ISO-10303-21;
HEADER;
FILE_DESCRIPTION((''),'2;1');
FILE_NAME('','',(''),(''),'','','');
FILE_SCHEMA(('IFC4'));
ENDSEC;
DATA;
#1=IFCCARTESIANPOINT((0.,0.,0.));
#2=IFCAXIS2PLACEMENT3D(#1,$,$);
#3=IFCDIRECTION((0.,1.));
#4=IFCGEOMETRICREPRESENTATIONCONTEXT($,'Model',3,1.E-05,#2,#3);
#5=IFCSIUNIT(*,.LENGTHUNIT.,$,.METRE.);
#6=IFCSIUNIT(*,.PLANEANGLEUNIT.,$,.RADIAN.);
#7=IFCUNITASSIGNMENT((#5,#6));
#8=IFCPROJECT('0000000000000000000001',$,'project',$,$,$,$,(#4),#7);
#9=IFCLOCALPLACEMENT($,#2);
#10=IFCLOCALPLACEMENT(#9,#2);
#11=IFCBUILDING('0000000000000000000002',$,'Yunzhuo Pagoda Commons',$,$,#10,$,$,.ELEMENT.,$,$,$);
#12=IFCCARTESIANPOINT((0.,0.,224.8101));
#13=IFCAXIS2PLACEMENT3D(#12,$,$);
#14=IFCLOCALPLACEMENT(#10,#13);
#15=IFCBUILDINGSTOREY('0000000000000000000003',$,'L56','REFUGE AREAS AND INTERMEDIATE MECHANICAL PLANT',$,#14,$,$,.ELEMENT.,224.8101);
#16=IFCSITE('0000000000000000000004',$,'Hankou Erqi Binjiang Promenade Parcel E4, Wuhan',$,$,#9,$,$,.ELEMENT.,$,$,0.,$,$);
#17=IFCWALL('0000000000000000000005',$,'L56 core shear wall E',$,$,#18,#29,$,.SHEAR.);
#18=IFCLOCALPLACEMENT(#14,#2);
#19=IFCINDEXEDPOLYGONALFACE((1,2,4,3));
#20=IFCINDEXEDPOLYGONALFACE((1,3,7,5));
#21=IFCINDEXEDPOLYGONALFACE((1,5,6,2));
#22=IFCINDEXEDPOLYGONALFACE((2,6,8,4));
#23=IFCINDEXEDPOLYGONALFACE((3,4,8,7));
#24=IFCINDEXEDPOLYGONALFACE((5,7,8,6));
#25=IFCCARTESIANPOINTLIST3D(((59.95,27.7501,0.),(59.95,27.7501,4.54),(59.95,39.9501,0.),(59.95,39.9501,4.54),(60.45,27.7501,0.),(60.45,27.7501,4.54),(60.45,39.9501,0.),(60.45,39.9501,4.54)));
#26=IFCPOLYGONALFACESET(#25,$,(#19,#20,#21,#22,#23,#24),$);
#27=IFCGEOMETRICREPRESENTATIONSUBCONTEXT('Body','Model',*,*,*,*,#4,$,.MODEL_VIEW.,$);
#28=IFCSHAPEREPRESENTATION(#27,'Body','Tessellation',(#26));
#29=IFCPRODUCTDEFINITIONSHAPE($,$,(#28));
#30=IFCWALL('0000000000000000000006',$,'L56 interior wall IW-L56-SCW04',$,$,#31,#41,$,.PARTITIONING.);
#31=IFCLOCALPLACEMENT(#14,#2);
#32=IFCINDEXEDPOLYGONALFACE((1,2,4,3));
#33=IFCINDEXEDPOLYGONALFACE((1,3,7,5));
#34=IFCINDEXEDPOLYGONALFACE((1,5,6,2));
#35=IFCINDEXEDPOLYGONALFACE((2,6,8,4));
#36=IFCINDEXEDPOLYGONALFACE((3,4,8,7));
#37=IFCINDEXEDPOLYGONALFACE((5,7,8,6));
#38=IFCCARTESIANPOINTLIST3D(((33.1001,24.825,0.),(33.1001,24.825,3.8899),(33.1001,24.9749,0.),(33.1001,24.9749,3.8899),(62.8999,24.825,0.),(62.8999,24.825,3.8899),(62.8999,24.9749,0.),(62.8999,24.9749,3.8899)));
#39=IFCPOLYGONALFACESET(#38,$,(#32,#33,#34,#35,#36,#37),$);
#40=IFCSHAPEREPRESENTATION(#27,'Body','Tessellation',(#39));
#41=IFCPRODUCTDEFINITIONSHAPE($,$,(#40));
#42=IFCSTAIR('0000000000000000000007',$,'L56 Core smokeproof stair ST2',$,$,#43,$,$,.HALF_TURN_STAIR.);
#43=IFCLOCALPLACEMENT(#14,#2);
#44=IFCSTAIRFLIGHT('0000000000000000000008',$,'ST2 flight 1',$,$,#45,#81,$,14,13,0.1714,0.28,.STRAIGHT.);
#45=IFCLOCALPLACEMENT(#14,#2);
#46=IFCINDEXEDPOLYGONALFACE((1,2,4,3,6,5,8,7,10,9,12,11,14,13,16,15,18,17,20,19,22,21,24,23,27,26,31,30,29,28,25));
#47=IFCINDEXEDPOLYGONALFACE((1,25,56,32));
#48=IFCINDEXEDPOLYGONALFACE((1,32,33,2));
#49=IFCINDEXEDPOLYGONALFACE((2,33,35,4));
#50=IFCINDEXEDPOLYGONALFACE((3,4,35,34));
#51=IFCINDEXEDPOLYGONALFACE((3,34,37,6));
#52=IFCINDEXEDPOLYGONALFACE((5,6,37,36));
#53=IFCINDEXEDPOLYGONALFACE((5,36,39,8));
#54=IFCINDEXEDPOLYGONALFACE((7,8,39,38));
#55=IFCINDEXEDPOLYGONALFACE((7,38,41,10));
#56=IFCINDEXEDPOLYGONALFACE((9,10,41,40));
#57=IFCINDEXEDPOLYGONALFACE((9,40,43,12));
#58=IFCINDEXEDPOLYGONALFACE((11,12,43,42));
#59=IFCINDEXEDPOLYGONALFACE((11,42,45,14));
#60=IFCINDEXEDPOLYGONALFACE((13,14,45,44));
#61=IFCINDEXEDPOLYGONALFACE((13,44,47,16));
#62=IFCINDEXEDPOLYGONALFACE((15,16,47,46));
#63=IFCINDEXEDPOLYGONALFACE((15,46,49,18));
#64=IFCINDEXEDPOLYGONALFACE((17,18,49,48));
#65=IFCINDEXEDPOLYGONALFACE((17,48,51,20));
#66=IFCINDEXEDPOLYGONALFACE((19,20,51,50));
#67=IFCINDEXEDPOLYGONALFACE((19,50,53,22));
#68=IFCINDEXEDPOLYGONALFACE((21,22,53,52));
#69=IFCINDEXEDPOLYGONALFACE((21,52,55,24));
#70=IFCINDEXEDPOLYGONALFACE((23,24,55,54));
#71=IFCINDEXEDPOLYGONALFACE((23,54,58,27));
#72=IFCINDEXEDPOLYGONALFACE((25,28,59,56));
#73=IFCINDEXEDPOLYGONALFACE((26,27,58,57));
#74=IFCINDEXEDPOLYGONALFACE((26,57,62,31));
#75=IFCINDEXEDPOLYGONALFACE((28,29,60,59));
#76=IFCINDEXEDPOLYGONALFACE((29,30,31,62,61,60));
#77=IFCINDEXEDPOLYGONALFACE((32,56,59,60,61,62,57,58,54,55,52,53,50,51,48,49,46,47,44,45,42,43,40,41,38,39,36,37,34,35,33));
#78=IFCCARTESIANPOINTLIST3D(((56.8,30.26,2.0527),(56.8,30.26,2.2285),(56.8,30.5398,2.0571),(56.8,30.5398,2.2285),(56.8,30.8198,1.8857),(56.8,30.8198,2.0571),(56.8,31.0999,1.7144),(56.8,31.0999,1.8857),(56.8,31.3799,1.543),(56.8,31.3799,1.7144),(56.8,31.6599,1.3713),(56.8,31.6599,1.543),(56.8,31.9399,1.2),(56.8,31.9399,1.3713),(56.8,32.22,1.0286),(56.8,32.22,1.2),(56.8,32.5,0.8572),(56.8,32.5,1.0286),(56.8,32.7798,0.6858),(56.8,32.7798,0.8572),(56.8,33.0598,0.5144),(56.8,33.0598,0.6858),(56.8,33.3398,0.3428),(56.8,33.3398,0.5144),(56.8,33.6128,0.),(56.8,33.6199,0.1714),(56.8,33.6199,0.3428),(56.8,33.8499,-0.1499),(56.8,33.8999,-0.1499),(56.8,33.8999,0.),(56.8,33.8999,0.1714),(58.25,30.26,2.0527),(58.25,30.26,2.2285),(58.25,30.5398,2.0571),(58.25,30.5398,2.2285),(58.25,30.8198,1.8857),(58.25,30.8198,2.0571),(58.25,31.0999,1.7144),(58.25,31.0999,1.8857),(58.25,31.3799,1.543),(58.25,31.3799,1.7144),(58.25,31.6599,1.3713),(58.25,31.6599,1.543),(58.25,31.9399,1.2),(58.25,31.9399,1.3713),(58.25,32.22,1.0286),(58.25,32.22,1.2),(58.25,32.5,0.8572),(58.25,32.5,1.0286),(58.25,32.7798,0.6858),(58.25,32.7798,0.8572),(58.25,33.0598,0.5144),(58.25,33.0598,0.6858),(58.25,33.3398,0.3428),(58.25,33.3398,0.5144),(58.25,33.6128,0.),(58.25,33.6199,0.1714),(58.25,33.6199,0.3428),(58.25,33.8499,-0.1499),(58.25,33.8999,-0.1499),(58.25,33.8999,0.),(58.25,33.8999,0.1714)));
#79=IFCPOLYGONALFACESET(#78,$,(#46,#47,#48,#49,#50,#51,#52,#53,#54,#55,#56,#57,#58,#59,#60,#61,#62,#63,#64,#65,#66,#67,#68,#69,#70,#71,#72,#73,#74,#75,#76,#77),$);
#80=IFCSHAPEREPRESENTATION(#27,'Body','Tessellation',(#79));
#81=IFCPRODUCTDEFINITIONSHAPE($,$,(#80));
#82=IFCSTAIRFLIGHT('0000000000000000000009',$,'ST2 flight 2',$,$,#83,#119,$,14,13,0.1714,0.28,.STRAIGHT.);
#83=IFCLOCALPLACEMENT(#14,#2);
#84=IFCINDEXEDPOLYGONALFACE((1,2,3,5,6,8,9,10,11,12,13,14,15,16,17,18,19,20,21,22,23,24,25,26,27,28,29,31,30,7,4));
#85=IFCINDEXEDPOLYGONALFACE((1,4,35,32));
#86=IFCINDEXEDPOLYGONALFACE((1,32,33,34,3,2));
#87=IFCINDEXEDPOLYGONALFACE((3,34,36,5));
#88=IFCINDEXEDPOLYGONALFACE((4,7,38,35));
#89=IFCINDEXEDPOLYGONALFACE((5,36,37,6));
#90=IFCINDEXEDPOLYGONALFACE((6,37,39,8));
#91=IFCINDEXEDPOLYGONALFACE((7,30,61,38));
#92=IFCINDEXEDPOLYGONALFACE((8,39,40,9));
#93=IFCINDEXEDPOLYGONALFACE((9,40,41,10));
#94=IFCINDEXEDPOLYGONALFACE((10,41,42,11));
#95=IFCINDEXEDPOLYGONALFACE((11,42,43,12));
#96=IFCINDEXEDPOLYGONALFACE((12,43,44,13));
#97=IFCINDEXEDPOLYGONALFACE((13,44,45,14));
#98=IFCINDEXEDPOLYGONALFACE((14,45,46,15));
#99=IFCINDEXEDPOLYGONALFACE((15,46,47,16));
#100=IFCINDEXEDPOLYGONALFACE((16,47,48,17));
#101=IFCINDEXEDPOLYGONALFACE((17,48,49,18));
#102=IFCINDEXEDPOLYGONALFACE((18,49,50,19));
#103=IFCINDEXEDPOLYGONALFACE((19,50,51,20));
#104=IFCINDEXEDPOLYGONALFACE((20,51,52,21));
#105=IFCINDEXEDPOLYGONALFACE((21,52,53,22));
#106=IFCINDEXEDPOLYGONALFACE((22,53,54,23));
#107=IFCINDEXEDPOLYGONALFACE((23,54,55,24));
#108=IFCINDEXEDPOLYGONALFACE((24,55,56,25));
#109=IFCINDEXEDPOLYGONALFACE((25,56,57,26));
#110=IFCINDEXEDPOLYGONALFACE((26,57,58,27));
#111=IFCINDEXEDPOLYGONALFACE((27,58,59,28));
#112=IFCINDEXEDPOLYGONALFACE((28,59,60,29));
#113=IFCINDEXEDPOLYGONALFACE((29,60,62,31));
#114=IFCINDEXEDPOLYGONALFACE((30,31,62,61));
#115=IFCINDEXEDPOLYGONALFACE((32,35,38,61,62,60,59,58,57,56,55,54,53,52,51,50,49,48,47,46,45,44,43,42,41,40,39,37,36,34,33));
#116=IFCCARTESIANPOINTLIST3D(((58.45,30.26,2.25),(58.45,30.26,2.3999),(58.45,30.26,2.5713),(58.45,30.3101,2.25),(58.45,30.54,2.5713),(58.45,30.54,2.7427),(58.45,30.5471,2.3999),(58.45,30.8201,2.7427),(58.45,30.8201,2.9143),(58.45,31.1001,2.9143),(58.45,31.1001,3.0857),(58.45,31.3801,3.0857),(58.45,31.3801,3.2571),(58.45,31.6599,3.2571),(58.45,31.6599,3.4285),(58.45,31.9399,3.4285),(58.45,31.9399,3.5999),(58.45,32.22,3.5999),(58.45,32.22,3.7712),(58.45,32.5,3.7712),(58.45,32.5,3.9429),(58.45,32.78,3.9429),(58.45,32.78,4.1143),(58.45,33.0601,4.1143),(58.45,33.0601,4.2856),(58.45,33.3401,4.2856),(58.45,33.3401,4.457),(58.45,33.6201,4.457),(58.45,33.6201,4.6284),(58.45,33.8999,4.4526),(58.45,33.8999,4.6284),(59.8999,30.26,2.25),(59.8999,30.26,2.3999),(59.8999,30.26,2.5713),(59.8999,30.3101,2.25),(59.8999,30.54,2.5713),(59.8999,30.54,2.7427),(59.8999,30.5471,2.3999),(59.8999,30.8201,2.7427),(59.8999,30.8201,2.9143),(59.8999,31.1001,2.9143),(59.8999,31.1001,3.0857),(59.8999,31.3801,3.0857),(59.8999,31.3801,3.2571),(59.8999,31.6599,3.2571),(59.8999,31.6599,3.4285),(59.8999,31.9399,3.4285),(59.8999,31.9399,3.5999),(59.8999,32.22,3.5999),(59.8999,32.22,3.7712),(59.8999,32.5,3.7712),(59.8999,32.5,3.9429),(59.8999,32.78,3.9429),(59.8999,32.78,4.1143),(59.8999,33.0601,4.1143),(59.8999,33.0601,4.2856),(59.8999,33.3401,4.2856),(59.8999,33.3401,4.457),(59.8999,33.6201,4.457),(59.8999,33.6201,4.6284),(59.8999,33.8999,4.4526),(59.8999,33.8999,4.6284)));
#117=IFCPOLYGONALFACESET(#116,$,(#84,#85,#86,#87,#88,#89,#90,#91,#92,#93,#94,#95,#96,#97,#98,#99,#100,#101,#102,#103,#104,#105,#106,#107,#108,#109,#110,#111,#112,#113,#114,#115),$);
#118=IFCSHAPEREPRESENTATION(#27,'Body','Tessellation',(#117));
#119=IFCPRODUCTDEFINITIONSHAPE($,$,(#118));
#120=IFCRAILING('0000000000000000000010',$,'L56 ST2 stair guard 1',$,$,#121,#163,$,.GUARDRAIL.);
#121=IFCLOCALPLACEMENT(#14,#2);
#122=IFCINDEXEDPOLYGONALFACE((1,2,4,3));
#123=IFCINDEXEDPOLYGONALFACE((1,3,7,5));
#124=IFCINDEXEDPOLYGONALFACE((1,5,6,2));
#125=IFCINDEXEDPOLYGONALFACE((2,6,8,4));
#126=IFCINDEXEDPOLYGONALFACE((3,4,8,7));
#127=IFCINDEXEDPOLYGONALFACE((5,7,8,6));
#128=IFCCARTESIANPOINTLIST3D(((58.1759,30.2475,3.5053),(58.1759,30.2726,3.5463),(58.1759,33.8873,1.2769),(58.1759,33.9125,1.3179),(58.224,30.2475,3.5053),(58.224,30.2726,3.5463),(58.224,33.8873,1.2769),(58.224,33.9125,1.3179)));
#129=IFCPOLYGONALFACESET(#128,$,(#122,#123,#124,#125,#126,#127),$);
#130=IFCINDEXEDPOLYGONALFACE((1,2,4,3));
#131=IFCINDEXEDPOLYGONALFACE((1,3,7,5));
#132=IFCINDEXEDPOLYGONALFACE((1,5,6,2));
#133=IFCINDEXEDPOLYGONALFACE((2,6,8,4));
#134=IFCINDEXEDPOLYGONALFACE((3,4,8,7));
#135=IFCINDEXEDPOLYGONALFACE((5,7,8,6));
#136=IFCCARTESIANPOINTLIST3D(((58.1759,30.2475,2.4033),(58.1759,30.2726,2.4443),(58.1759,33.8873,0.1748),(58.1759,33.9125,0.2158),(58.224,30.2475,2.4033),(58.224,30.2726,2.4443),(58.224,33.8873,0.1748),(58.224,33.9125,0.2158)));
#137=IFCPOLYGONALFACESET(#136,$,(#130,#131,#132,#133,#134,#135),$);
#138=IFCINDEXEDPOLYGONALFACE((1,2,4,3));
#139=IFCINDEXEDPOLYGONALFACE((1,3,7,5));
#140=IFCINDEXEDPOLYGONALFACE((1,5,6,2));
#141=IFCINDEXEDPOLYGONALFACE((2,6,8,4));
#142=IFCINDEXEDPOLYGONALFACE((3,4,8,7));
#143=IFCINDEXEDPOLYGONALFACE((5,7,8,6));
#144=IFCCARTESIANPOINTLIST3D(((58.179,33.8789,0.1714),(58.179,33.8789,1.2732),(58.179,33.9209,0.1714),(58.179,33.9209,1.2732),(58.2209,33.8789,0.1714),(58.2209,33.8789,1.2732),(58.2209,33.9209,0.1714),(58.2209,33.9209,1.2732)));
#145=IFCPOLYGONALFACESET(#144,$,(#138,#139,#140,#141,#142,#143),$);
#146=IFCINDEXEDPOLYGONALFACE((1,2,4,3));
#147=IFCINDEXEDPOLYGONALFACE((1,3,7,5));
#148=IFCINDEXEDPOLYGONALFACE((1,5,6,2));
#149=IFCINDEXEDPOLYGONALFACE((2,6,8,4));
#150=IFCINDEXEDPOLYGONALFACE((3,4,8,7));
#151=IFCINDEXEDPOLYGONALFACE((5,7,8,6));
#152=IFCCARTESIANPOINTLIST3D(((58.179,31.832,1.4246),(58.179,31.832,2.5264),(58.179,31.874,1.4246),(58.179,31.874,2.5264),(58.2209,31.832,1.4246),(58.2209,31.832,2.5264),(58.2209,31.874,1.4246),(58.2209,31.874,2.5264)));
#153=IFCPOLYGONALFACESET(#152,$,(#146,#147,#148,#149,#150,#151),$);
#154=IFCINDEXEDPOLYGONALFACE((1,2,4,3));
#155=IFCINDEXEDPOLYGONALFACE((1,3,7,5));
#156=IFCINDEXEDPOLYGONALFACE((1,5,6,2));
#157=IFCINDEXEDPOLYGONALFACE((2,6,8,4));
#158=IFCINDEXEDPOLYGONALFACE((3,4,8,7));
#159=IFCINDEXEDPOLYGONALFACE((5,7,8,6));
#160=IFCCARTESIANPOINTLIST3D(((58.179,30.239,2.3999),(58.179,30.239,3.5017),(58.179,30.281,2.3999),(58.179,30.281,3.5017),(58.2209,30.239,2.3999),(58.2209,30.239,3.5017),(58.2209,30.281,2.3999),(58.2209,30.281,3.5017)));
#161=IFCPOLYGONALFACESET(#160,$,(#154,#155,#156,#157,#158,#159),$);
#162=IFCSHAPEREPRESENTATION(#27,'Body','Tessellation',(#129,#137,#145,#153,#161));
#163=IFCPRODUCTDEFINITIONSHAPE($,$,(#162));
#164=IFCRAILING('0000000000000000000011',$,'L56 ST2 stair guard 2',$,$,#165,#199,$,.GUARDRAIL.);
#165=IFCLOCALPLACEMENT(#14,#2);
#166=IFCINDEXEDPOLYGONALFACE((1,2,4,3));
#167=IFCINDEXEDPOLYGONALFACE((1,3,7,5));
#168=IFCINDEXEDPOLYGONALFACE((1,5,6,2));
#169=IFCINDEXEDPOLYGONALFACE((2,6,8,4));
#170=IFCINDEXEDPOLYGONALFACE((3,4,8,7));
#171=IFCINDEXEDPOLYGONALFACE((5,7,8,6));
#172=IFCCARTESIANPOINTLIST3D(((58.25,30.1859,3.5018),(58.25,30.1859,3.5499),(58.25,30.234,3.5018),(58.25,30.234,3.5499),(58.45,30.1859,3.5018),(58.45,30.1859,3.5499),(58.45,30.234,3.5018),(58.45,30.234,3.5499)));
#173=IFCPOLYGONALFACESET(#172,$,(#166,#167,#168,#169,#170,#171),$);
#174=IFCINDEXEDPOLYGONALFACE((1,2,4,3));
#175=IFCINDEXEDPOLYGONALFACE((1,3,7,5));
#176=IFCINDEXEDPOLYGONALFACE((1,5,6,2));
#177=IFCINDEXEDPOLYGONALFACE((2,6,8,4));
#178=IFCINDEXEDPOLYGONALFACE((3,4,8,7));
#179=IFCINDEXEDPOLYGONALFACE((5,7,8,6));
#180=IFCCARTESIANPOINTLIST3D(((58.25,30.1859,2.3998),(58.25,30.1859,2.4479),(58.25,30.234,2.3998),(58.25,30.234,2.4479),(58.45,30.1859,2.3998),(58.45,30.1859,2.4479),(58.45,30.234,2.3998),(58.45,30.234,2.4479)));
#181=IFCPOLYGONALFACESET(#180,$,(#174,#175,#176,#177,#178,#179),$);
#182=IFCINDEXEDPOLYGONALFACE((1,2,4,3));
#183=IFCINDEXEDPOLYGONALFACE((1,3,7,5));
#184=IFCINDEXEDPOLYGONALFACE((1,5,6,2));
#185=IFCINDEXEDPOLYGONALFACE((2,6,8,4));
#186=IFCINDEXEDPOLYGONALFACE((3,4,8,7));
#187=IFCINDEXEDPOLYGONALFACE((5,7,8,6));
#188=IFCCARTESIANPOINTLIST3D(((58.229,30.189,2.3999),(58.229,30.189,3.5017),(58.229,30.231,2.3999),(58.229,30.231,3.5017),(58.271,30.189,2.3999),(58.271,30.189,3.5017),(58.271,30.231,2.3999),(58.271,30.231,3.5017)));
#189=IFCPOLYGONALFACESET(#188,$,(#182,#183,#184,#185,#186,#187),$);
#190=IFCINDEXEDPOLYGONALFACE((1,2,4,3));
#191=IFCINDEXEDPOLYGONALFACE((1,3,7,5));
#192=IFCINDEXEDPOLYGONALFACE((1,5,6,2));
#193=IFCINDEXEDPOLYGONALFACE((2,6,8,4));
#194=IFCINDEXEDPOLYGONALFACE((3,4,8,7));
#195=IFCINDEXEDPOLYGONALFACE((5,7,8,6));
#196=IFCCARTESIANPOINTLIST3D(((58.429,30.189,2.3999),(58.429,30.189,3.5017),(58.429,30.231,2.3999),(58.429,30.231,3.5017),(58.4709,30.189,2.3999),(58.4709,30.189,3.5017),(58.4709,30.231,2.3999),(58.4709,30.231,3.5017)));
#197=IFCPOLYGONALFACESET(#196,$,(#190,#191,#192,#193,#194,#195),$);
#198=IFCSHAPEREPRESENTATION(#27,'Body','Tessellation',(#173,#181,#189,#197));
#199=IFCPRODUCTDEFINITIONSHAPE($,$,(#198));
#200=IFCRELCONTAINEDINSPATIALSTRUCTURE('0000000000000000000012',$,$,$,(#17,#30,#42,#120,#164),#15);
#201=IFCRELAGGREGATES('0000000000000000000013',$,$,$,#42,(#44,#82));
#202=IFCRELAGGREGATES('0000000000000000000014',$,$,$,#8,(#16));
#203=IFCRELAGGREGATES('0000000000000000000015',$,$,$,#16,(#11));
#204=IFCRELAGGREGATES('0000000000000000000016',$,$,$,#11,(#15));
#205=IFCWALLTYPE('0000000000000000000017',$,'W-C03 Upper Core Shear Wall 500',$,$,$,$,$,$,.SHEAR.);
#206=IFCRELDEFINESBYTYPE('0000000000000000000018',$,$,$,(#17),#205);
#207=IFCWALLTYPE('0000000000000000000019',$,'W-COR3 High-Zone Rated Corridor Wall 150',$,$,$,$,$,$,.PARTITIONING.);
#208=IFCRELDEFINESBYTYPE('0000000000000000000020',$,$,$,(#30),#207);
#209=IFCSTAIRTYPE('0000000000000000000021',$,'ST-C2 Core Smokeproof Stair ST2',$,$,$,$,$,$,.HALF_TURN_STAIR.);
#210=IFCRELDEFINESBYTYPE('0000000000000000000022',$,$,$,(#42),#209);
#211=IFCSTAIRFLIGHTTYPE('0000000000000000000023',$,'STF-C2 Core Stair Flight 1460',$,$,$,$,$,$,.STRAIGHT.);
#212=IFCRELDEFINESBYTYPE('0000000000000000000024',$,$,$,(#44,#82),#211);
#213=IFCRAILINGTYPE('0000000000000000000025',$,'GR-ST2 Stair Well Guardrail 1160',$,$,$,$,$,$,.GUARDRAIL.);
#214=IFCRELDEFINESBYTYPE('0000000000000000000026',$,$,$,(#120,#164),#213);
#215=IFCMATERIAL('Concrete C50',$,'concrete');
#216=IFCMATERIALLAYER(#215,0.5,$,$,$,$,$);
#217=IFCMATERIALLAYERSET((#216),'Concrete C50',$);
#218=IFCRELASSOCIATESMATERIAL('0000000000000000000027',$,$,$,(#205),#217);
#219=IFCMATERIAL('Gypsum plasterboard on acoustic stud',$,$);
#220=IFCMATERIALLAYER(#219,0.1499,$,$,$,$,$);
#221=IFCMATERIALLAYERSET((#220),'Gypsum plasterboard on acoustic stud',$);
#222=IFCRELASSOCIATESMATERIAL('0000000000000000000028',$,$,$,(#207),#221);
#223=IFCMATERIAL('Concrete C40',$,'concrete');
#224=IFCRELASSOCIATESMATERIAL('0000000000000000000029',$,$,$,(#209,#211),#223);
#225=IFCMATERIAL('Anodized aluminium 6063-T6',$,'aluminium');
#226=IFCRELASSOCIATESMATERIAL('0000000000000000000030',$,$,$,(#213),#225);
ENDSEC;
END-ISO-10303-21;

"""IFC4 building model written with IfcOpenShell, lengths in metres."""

from ifc_helpers import new_model, si_unit, direction, frame, frame_2d, origin, origin_2d, place, context, subcontext, project, spatial, polyline, rectangle, outline, extrude, source, transform, mapped, material, layer, layer_set, type_object, element, aggregate, save


model = new_model("IFC4")

# Units and contexts
model_context = context("Model", 3, precision=1e-05, world=origin(), true_north=direction((0.0, 1.0)))
body_context = subcontext(model_context, "Body", "Model", "MODEL_VIEW")
ifc_project = project(units=[si_unit("LENGTHUNIT", "METRE"), si_unit("PLANEANGLEUNIT", "RADIAN")], contexts=[model_context])

# Site, building, storey
site_placement = place(None, origin())
site = spatial("IfcSite", under=ifc_project, at=site_placement, Name="Hankou Erqi Binjiang Promenade Parcel E4, Wuhan", CompositionType="ELEMENT", RefElevation=0.0)
building_placement = place(site_placement, origin())
building = spatial("IfcBuilding", under=site, at=building_placement, Name="Yunzhuo Pagoda Commons", CompositionType="ELEMENT")
storey_placement = place(building_placement, frame((0.0, 0.0, 224.8101)))
storey = spatial("IfcBuildingStorey", under=building, at=storey_placement, Name="L56", Description="REFUGE AREAS AND INTERMEDIATE MECHANICAL PLANT", CompositionType="ELEMENT", Elevation=224.8101)

# Walls
ifc_material_1 = material(Name="Concrete C50", Category="concrete")
ifc_layer_1 = layer(ifc_material_1, 0.5)
ifc_layer_set_1 = layer_set([ifc_layer_1], Name="Concrete C50")
wall_type_1 = type_object("IfcWallType", Name="W-C03 Upper Core Shear Wall 500", PredefinedType="SHEAR", material=ifc_layer_set_1)
wall_1_placement = place(storey_placement, frame((60.2, 27.75, 0.0), z_axis=(0.0, 0.0, 1.0), x_axis=(0.0, 1.0, 0.0)))
element("IfcWall", 1, at=wall_1_placement, inside=storey, type_object=wall_type_1, Name="L56 core shear wall E", PredefinedType="SHEAR", context=body_context, shape_type="SweptSolid", body=[
    extrude(rectangle(XDim=12.2, YDim=0.5, at=frame_2d((6.1001, 0.0))), origin(), (0.0, 0.0, 1.0), 4.54),
])
ifc_material_2 = material(Name="Gypsum plasterboard on acoustic stud")
ifc_layer_2 = layer(ifc_material_2, 0.1499)
ifc_layer_set_2 = layer_set([ifc_layer_2], Name="Gypsum plasterboard on acoustic stud")
wall_type_2 = type_object("IfcWallType", Name="W-COR3 High-Zone Rated Corridor Wall 150", PredefinedType="PARTITIONING", material=ifc_layer_set_2)
wall_2_placement = place(storey_placement, frame((62.8999, 24.8999, 0.0), z_axis=(0.0, 0.0, 1.0), x_axis=(-1.0, 0.0, 0.0)))
element("IfcWall", 2, at=wall_2_placement, inside=storey, type_object=wall_type_2, Name="L56 interior wall IW-L56-SCW04", PredefinedType="PARTITIONING", context=body_context, shape_type="SweptSolid", body=[
    extrude(rectangle(XDim=29.7998, YDim=0.1499, at=frame_2d((14.8999, 0.0))), origin(), (0.0, 0.0, 1.0), 3.8899),
])

# Stair, stair flights
ifc_material_3 = material(Name="Concrete C40", Category="concrete")
stair_type = type_object("IfcStairType", Name="ST-C2 Core Smokeproof Stair ST2", PredefinedType="HALF_TURN_STAIR", material=ifc_material_3)
stair_placement = place(storey_placement, origin())
stair = element("IfcStair", 3, at=stair_placement, inside=storey, type_object=stair_type, Name="L56 Core smokeproof stair ST2", PredefinedType="HALF_TURN_STAIR")
stair_flight_type = type_object("IfcStairFlightType", Name="STF-C2 Core Stair Flight 1460", PredefinedType="STRAIGHT", material=ifc_material_3)
shared_shape_1 = source(origin(), body_context, "Body", "SweptSolid", [
    extrude(outline(polyline([(0.0, -0.1499), (0.0, 0.0), (0.0, 0.1714), (0.28, 0.1714), (0.28, 0.3428), (0.5601, 0.3428), (0.5601, 0.5144), (0.8401, 0.5144), (0.8401, 0.6858), (1.1201, 0.6858), (1.1201, 0.8572), (1.3999, 0.8572), (1.3999, 1.0286), (1.6799, 1.0286), (1.6799, 1.2), (1.96, 1.2), (1.96, 1.3713), (2.24, 1.3713), (2.24, 1.543), (2.52, 1.543), (2.52, 1.7144), (2.8, 1.7144), (2.8, 1.8857), (3.0801, 1.8857), (3.0801, 2.0571), (3.3601, 2.0571), (3.3601, 2.2285), (3.6399, 2.2285), (3.6399, 2.3999), (3.6399, 2.0527), (0.2871, 0.0), (0.05, -0.1499), (0.0, -0.1499)])), frame((0.0, 0.7251, 0.0), z_axis=(0.0, -1.0, 0.0), x_axis=(1.0, 0.0, 0.0)), (0.0, 0.0, 1.0), 1.45),
])
stair_flight_1_placement = place(storey_placement, frame((57.5249, 33.8999, 0.0), z_axis=(0.0, 0.0, 1.0), x_axis=(0.0, -1.0, 0.0)))
stair_flight_1 = element("IfcStairFlight", 4, at=stair_flight_1_placement, type_object=stair_flight_type, Name="ST2 flight 1", NumberOfRisers=14, NumberOfTreads=13, PredefinedType="STRAIGHT", RiserHeight=0.1714, TreadLength=0.28, context=body_context, shape_type="MappedRepresentation", body=[
    mapped(shared_shape_1, transform((0.0, 0.0, 0.0), scale=1.0)),
])
stair_flight_2_placement = place(storey_placement, frame((59.175, 30.26, 2.3999), z_axis=(0.0, 0.0, 1.0), x_axis=(0.0, 1.0, 0.0)))
stair_flight_2 = element("IfcStairFlight", 5, at=stair_flight_2_placement, type_object=stair_flight_type, Name="ST2 flight 2", NumberOfRisers=14, NumberOfTreads=13, PredefinedType="STRAIGHT", RiserHeight=0.1714, TreadLength=0.28, context=body_context, shape_type="MappedRepresentation", body=[
    mapped(shared_shape_1, transform((0.0, 0.0, 0.0), scale=1.0)),
])
aggregate(stair, [stair_flight_1, stair_flight_2])

# Railings
ifc_material_4 = material(Name="Anodized aluminium 6063-T6", Category="aluminium")
railing_type_1 = type_object("IfcRailingType", Name="GR-ST2 Stair Well Guardrail 1160", PredefinedType="GUARDRAIL", material=ifc_material_4)
railing_1_placement = place(storey_placement, frame((58.2, 33.8999, 0.1714)))
element("IfcRailing", 6, at=railing_1_placement, inside=storey, type_object=railing_type_1, Name="L56 ST2 stair guard 1", PredefinedType="GUARDRAIL", context=body_context, shape_type="SweptSolid", body=[
    extrude(rectangle(XDim=0.0481, YDim=0.0481, at=origin_2d()), frame((0.0, 0.0, 1.126), z_axis=(0.0, -0.85285, 0.522156), x_axis=(1.0, 0.0, 0.0)), (0.0, 0.0, 1.0), 4.2678),
    extrude(rectangle(XDim=0.0481, YDim=0.0481, at=origin_2d()), frame((0.0, 0.0, 0.0239), z_axis=(0.0, -0.85285, 0.522156), x_axis=(1.0, 0.0, 0.0)), (0.0, 0.0, 1.0), 4.2678),
    extrude(rectangle(XDim=0.042, YDim=0.042, at=origin_2d()), origin(), (0.0, 0.0, 1.0), 1.1018),
    extrude(rectangle(XDim=0.042, YDim=0.042, at=origin_2d()), frame((0.0, -2.0469, 1.2532)), (0.0, 0.0, 1.0), 1.1018),
    extrude(rectangle(XDim=0.042, YDim=0.042, at=origin_2d()), frame((0.0, -3.6399, 2.2285)), (0.0, 0.0, 1.0), 1.1018),
])
railing_2_placement = place(storey_placement, frame((58.25, 30.21, 2.3999)))
element("IfcRailing", 7, at=railing_2_placement, inside=storey, type_object=railing_type_1, Name="L56 ST2 stair guard 2", PredefinedType="GUARDRAIL", context=body_context, shape_type="SweptSolid", body=[
    extrude(rectangle(XDim=0.0481, YDim=0.0481, at=origin_2d()), frame((0.0, 0.0, 1.126), z_axis=(1.0, 0.0, 0.0), x_axis=(0.0, 1.0, 0.0)), (0.0, 0.0, 1.0), 0.2),
    extrude(rectangle(XDim=0.0481, YDim=0.0481, at=origin_2d()), frame((0.0, 0.0, 0.0239), z_axis=(1.0, 0.0, 0.0), x_axis=(0.0, 1.0, 0.0)), (0.0, 0.0, 1.0), 0.2),
    extrude(rectangle(XDim=0.042, YDim=0.042, at=origin_2d()), origin(), (0.0, 0.0, 1.0), 1.1018),
    extrude(rectangle(XDim=0.042, YDim=0.042, at=origin_2d()), frame((0.2, 0.0, 0.0)), (0.0, 0.0, 1.0), 1.1018),
])

save(model, "model.ifc")
